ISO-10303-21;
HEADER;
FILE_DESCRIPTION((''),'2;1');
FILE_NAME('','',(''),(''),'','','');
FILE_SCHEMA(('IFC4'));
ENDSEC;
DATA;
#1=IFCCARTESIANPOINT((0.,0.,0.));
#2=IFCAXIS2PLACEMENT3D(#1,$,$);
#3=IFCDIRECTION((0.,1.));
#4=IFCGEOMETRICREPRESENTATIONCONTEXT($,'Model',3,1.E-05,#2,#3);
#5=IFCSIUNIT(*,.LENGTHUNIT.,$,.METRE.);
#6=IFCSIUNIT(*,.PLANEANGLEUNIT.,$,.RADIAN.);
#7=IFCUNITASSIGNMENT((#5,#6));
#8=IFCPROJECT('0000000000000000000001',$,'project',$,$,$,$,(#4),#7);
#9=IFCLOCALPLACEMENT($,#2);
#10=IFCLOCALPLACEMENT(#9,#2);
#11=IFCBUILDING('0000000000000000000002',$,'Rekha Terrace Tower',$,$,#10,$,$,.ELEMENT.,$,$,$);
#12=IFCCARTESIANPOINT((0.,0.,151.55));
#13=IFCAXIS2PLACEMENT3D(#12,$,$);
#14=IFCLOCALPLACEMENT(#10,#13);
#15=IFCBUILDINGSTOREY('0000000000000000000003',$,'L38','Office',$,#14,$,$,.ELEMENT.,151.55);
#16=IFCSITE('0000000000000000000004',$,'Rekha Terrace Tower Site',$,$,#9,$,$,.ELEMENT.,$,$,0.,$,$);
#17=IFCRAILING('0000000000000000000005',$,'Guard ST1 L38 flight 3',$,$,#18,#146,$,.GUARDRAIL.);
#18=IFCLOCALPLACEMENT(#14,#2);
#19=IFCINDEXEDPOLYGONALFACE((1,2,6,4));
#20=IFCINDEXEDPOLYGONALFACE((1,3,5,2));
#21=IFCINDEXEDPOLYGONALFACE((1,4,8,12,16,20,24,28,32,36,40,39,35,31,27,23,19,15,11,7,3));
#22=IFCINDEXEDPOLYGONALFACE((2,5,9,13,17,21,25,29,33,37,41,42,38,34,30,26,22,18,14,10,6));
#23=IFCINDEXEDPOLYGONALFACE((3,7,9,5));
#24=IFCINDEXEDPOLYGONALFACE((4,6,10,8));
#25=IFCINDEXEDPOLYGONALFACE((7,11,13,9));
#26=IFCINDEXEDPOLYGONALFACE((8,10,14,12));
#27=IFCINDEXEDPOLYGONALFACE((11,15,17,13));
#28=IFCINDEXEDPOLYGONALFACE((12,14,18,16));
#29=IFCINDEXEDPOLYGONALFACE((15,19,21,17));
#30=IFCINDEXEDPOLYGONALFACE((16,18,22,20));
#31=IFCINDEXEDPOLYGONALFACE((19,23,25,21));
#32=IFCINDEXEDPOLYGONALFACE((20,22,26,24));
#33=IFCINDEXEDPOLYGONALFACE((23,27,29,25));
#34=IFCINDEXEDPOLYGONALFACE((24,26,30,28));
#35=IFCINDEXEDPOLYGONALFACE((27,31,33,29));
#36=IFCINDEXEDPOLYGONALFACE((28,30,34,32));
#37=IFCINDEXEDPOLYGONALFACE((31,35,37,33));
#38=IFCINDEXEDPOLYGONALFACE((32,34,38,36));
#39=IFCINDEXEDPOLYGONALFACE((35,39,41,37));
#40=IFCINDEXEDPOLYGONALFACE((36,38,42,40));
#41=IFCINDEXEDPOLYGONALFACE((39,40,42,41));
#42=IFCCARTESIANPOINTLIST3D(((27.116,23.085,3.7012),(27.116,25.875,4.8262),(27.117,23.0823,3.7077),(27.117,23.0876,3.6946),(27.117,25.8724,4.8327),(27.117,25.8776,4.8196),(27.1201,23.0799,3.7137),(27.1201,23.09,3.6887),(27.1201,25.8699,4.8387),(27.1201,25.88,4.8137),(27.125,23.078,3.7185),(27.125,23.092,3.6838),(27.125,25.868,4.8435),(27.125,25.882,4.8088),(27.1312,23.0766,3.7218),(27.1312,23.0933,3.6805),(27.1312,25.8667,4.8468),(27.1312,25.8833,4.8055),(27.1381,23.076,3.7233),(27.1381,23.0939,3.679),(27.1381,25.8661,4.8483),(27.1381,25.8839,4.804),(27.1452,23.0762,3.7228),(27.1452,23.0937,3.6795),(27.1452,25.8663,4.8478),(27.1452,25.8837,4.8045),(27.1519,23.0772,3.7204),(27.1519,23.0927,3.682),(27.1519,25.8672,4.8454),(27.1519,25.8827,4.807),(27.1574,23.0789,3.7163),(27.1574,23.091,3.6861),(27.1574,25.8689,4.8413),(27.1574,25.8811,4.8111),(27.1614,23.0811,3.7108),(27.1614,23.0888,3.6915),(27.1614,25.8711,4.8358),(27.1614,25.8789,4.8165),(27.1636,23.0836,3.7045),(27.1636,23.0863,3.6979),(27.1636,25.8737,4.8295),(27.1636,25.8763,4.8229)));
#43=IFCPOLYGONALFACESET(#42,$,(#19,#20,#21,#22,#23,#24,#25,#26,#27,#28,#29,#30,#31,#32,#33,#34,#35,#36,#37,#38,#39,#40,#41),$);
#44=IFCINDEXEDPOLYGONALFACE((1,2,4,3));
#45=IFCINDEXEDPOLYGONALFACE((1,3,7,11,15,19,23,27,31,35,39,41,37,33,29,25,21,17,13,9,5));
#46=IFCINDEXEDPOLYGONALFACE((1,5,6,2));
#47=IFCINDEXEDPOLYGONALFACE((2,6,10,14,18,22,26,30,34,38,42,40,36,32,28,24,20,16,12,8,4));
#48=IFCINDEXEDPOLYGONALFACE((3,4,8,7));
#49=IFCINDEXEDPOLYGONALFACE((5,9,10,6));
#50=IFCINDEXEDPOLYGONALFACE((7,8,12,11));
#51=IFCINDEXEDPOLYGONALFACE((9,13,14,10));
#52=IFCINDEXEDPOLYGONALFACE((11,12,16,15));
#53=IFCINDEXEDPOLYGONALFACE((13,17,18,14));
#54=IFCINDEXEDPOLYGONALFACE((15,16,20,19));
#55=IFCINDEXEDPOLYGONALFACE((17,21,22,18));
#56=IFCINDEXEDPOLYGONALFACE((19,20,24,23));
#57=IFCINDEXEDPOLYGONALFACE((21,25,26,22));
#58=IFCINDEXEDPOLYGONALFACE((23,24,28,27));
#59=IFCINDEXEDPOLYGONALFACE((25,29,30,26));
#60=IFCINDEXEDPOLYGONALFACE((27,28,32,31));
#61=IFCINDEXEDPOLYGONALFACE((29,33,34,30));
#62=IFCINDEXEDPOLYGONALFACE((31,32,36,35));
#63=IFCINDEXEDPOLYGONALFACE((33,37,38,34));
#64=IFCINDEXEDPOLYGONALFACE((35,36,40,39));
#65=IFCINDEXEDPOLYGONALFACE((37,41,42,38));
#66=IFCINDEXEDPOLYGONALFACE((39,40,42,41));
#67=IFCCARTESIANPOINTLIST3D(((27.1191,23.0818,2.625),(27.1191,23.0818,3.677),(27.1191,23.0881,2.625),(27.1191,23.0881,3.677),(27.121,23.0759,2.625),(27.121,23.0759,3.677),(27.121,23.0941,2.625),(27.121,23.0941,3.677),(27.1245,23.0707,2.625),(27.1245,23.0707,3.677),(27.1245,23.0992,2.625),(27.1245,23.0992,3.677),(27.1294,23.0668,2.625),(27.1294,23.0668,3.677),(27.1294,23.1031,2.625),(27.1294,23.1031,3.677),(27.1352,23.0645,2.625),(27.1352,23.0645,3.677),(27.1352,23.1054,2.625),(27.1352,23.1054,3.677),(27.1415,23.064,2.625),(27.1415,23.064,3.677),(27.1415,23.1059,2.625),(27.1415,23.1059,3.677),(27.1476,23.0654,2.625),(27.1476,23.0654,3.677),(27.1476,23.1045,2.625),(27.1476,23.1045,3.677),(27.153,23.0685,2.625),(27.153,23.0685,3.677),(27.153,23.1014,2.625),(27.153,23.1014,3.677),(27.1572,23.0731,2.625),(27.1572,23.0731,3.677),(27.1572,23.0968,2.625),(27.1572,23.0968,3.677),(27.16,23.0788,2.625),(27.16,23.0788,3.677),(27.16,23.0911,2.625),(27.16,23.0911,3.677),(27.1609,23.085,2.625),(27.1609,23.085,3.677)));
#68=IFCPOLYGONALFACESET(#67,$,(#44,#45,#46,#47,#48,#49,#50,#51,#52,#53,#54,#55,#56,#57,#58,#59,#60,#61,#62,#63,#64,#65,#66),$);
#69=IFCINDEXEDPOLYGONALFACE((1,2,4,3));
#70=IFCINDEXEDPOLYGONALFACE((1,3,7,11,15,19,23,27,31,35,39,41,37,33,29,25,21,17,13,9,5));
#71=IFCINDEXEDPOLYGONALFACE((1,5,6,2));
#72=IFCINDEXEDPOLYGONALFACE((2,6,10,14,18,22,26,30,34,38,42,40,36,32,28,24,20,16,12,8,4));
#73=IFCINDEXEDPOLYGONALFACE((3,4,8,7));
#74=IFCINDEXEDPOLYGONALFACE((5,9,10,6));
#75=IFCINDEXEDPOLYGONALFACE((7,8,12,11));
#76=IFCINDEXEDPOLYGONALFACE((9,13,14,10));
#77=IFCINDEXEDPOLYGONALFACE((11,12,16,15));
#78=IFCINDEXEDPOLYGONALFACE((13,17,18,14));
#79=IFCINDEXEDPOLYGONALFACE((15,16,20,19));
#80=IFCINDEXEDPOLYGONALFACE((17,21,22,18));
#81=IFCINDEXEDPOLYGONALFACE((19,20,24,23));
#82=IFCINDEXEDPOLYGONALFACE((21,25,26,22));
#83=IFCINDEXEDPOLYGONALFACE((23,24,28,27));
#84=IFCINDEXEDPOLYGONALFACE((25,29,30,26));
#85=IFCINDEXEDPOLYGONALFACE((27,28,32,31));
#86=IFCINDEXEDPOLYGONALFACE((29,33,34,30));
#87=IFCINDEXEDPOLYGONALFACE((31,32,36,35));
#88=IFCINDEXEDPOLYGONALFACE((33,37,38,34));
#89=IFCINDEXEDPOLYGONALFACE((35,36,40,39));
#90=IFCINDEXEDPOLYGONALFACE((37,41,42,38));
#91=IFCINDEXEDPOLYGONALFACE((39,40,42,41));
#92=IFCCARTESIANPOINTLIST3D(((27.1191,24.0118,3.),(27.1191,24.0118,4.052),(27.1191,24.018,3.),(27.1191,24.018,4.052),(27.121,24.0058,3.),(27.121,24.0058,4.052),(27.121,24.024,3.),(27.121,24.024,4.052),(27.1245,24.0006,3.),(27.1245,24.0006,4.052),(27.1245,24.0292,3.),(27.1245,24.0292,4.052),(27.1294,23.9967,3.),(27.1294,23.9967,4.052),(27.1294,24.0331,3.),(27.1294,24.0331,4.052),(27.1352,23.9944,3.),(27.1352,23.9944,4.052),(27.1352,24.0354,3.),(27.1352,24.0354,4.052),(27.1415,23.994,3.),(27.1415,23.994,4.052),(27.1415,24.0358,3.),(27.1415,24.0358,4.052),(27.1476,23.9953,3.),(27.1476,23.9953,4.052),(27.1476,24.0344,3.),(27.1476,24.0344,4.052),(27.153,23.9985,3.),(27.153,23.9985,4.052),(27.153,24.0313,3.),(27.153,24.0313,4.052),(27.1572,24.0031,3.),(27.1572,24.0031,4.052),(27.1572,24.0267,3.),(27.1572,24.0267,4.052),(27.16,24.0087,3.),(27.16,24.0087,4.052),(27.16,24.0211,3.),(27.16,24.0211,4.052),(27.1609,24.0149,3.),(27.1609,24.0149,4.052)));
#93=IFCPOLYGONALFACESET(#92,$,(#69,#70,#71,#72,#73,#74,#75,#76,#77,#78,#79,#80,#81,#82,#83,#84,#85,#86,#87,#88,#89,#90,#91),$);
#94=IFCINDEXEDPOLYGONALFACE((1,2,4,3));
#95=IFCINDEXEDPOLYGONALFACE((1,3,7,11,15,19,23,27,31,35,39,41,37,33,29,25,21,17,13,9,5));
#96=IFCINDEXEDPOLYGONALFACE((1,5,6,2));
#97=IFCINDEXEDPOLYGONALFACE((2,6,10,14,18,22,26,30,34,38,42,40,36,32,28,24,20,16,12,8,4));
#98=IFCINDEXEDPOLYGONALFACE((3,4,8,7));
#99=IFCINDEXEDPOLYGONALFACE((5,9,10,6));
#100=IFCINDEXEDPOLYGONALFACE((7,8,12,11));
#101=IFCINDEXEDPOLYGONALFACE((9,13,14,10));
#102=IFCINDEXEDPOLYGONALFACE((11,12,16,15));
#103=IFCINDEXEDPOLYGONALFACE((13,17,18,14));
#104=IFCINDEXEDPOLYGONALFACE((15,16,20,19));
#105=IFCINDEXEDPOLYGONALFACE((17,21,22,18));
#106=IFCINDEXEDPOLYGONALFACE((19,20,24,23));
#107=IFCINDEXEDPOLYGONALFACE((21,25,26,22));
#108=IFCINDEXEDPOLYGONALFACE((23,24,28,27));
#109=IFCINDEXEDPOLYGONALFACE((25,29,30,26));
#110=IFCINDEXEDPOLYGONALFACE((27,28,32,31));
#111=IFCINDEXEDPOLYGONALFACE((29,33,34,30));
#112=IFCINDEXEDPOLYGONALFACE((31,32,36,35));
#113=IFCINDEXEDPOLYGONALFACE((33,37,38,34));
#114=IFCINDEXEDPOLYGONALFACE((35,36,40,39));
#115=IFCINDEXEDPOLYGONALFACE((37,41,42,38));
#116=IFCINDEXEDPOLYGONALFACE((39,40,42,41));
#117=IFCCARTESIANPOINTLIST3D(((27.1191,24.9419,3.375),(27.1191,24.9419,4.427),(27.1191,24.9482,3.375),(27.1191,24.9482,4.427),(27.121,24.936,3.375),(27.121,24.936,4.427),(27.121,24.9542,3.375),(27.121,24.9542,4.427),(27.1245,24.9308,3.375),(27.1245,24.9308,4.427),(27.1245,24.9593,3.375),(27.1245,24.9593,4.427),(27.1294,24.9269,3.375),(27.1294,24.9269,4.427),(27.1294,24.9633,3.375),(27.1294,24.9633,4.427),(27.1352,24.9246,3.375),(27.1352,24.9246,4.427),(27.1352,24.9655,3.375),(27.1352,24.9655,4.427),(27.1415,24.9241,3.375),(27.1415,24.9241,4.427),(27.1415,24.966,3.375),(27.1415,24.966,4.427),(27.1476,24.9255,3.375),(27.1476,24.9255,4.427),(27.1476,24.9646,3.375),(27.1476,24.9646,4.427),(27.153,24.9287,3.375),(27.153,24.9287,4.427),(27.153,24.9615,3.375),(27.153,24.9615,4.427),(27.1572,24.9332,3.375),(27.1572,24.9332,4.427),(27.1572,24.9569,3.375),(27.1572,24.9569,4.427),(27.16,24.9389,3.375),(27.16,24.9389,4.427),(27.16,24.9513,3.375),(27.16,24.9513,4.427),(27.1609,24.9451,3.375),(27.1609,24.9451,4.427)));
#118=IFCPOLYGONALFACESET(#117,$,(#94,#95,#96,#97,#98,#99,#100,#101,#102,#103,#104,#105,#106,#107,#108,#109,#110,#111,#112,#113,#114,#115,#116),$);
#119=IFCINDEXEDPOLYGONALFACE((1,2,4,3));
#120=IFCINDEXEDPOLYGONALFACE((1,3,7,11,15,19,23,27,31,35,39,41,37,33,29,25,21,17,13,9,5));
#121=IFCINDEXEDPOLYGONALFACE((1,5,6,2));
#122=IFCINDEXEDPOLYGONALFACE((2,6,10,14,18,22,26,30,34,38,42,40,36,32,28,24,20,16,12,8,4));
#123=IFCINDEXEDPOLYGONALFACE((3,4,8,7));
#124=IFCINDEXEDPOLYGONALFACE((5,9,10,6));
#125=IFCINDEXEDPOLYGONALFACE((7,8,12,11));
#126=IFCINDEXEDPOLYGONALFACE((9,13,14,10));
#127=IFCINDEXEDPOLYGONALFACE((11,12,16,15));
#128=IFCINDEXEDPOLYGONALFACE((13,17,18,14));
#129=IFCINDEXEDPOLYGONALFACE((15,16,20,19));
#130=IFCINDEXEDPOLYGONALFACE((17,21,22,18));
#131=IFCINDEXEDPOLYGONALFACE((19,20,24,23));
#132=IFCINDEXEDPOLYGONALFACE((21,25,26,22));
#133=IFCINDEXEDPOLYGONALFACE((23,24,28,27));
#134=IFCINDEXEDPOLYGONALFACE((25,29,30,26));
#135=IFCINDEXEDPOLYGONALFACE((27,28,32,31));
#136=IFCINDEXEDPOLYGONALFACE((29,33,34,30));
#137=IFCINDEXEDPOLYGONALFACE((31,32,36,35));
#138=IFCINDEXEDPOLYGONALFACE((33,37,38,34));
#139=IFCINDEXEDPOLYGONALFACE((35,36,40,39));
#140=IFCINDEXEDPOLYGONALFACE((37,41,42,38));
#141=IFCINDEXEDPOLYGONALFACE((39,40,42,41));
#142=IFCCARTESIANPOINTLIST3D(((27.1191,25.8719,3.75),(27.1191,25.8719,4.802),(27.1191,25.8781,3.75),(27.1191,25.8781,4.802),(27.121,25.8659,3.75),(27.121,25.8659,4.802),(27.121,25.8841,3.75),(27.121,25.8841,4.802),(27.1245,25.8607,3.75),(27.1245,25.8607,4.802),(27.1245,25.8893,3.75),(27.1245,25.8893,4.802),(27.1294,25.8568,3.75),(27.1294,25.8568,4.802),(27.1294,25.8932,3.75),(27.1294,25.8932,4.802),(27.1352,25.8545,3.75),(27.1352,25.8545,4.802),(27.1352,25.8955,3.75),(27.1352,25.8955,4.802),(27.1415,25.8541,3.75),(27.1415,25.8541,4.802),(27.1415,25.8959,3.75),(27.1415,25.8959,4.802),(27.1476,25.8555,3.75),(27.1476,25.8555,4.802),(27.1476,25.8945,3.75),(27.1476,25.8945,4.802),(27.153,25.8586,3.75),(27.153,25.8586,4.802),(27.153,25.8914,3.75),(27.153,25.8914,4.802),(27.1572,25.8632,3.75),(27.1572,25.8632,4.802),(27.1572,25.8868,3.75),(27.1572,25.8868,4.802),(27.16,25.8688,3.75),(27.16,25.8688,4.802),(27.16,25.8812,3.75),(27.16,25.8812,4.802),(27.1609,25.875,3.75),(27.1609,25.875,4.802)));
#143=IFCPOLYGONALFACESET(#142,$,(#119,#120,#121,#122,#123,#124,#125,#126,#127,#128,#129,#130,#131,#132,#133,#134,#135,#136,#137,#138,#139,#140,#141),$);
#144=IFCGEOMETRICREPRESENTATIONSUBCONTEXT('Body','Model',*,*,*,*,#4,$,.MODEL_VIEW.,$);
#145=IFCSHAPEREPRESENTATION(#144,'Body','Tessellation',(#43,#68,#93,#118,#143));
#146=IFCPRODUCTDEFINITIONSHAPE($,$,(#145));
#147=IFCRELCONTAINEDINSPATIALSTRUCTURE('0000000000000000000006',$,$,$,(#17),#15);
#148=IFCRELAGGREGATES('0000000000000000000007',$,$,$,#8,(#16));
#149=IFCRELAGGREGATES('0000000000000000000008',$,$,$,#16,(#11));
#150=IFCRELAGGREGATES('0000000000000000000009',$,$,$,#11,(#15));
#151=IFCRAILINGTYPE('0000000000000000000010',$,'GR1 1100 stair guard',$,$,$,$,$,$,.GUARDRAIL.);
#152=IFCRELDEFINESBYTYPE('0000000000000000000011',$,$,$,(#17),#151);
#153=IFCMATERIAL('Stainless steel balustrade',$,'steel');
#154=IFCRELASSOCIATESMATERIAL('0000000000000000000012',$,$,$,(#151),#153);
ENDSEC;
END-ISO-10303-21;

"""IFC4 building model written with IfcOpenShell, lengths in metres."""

from ifc_helpers import new_model, si_unit, direction, frame, origin, origin_2d, place, context, subcontext, project, spatial, circle, extrude, material, type_object, element, save


model = new_model("IFC4")

# Units and contexts
model_context = context("Model", 3, precision=1e-05, world=origin(), true_north=direction((0.0, 1.0)))
body_context = subcontext(model_context, "Body", "Model", "MODEL_VIEW")
ifc_project = project(units=[si_unit("LENGTHUNIT", "METRE"), si_unit("PLANEANGLEUNIT", "RADIAN")], contexts=[model_context])

# Site, building, storey
site_placement = place(None, origin())
site = spatial("IfcSite", under=ifc_project, at=site_placement, Name="Rekha Terrace Tower Site", CompositionType="ELEMENT", RefElevation=0.0)
building_placement = place(site_placement, origin())
building = spatial("IfcBuilding", under=site, at=building_placement, Name="Rekha Terrace Tower", CompositionType="ELEMENT")
storey_placement = place(building_placement, frame((0.0, 0.0, 151.55)))
storey = spatial("IfcBuildingStorey", under=building, at=storey_placement, Name="L38", Description="Office", CompositionType="ELEMENT", Elevation=151.55)

# Railing
ifc_material_1 = material(Name="Stainless steel balustrade", Category="steel")
railing_type_1 = type_object("IfcRailingType", Name="GR1 1100 stair guard", PredefinedType="GUARDRAIL", material=ifc_material_1)
railing_1_placement = place(storey_placement, frame((27.1399, 23.085, 2.625)))
element("IfcRailing", 1, at=railing_1_placement, inside=storey, type_object=railing_type_1, Name="Guard ST1 L38 flight 3", PredefinedType="GUARDRAIL", context=body_context, shape_type="SweptSolid", body=[
    extrude(circle(Radius=0.0239, at=origin_2d()), frame((0.0, 0.0, 1.0762), z_axis=(0.0, 0.927443, 0.373964), x_axis=(-1.0, 0.0, 0.0)), (0.0, 0.0, 1.0), 3.0083),
    extrude(circle(Radius=0.021, at=origin_2d()), origin(), (0.0, 0.0, 1.0), 1.052),
    extrude(circle(Radius=0.021, at=origin_2d()), frame((0.0, 0.9299, 0.375)), (0.0, 0.0, 1.0), 1.052),
    extrude(circle(Radius=0.021, at=origin_2d()), frame((0.0, 1.8601, 0.75)), (0.0, 0.0, 1.0), 1.052),
    extrude(circle(Radius=0.021, at=origin_2d()), frame((0.0, 2.79, 1.125)), (0.0, 0.0, 1.0), 1.052),
])

save(model, "model.ifc")
